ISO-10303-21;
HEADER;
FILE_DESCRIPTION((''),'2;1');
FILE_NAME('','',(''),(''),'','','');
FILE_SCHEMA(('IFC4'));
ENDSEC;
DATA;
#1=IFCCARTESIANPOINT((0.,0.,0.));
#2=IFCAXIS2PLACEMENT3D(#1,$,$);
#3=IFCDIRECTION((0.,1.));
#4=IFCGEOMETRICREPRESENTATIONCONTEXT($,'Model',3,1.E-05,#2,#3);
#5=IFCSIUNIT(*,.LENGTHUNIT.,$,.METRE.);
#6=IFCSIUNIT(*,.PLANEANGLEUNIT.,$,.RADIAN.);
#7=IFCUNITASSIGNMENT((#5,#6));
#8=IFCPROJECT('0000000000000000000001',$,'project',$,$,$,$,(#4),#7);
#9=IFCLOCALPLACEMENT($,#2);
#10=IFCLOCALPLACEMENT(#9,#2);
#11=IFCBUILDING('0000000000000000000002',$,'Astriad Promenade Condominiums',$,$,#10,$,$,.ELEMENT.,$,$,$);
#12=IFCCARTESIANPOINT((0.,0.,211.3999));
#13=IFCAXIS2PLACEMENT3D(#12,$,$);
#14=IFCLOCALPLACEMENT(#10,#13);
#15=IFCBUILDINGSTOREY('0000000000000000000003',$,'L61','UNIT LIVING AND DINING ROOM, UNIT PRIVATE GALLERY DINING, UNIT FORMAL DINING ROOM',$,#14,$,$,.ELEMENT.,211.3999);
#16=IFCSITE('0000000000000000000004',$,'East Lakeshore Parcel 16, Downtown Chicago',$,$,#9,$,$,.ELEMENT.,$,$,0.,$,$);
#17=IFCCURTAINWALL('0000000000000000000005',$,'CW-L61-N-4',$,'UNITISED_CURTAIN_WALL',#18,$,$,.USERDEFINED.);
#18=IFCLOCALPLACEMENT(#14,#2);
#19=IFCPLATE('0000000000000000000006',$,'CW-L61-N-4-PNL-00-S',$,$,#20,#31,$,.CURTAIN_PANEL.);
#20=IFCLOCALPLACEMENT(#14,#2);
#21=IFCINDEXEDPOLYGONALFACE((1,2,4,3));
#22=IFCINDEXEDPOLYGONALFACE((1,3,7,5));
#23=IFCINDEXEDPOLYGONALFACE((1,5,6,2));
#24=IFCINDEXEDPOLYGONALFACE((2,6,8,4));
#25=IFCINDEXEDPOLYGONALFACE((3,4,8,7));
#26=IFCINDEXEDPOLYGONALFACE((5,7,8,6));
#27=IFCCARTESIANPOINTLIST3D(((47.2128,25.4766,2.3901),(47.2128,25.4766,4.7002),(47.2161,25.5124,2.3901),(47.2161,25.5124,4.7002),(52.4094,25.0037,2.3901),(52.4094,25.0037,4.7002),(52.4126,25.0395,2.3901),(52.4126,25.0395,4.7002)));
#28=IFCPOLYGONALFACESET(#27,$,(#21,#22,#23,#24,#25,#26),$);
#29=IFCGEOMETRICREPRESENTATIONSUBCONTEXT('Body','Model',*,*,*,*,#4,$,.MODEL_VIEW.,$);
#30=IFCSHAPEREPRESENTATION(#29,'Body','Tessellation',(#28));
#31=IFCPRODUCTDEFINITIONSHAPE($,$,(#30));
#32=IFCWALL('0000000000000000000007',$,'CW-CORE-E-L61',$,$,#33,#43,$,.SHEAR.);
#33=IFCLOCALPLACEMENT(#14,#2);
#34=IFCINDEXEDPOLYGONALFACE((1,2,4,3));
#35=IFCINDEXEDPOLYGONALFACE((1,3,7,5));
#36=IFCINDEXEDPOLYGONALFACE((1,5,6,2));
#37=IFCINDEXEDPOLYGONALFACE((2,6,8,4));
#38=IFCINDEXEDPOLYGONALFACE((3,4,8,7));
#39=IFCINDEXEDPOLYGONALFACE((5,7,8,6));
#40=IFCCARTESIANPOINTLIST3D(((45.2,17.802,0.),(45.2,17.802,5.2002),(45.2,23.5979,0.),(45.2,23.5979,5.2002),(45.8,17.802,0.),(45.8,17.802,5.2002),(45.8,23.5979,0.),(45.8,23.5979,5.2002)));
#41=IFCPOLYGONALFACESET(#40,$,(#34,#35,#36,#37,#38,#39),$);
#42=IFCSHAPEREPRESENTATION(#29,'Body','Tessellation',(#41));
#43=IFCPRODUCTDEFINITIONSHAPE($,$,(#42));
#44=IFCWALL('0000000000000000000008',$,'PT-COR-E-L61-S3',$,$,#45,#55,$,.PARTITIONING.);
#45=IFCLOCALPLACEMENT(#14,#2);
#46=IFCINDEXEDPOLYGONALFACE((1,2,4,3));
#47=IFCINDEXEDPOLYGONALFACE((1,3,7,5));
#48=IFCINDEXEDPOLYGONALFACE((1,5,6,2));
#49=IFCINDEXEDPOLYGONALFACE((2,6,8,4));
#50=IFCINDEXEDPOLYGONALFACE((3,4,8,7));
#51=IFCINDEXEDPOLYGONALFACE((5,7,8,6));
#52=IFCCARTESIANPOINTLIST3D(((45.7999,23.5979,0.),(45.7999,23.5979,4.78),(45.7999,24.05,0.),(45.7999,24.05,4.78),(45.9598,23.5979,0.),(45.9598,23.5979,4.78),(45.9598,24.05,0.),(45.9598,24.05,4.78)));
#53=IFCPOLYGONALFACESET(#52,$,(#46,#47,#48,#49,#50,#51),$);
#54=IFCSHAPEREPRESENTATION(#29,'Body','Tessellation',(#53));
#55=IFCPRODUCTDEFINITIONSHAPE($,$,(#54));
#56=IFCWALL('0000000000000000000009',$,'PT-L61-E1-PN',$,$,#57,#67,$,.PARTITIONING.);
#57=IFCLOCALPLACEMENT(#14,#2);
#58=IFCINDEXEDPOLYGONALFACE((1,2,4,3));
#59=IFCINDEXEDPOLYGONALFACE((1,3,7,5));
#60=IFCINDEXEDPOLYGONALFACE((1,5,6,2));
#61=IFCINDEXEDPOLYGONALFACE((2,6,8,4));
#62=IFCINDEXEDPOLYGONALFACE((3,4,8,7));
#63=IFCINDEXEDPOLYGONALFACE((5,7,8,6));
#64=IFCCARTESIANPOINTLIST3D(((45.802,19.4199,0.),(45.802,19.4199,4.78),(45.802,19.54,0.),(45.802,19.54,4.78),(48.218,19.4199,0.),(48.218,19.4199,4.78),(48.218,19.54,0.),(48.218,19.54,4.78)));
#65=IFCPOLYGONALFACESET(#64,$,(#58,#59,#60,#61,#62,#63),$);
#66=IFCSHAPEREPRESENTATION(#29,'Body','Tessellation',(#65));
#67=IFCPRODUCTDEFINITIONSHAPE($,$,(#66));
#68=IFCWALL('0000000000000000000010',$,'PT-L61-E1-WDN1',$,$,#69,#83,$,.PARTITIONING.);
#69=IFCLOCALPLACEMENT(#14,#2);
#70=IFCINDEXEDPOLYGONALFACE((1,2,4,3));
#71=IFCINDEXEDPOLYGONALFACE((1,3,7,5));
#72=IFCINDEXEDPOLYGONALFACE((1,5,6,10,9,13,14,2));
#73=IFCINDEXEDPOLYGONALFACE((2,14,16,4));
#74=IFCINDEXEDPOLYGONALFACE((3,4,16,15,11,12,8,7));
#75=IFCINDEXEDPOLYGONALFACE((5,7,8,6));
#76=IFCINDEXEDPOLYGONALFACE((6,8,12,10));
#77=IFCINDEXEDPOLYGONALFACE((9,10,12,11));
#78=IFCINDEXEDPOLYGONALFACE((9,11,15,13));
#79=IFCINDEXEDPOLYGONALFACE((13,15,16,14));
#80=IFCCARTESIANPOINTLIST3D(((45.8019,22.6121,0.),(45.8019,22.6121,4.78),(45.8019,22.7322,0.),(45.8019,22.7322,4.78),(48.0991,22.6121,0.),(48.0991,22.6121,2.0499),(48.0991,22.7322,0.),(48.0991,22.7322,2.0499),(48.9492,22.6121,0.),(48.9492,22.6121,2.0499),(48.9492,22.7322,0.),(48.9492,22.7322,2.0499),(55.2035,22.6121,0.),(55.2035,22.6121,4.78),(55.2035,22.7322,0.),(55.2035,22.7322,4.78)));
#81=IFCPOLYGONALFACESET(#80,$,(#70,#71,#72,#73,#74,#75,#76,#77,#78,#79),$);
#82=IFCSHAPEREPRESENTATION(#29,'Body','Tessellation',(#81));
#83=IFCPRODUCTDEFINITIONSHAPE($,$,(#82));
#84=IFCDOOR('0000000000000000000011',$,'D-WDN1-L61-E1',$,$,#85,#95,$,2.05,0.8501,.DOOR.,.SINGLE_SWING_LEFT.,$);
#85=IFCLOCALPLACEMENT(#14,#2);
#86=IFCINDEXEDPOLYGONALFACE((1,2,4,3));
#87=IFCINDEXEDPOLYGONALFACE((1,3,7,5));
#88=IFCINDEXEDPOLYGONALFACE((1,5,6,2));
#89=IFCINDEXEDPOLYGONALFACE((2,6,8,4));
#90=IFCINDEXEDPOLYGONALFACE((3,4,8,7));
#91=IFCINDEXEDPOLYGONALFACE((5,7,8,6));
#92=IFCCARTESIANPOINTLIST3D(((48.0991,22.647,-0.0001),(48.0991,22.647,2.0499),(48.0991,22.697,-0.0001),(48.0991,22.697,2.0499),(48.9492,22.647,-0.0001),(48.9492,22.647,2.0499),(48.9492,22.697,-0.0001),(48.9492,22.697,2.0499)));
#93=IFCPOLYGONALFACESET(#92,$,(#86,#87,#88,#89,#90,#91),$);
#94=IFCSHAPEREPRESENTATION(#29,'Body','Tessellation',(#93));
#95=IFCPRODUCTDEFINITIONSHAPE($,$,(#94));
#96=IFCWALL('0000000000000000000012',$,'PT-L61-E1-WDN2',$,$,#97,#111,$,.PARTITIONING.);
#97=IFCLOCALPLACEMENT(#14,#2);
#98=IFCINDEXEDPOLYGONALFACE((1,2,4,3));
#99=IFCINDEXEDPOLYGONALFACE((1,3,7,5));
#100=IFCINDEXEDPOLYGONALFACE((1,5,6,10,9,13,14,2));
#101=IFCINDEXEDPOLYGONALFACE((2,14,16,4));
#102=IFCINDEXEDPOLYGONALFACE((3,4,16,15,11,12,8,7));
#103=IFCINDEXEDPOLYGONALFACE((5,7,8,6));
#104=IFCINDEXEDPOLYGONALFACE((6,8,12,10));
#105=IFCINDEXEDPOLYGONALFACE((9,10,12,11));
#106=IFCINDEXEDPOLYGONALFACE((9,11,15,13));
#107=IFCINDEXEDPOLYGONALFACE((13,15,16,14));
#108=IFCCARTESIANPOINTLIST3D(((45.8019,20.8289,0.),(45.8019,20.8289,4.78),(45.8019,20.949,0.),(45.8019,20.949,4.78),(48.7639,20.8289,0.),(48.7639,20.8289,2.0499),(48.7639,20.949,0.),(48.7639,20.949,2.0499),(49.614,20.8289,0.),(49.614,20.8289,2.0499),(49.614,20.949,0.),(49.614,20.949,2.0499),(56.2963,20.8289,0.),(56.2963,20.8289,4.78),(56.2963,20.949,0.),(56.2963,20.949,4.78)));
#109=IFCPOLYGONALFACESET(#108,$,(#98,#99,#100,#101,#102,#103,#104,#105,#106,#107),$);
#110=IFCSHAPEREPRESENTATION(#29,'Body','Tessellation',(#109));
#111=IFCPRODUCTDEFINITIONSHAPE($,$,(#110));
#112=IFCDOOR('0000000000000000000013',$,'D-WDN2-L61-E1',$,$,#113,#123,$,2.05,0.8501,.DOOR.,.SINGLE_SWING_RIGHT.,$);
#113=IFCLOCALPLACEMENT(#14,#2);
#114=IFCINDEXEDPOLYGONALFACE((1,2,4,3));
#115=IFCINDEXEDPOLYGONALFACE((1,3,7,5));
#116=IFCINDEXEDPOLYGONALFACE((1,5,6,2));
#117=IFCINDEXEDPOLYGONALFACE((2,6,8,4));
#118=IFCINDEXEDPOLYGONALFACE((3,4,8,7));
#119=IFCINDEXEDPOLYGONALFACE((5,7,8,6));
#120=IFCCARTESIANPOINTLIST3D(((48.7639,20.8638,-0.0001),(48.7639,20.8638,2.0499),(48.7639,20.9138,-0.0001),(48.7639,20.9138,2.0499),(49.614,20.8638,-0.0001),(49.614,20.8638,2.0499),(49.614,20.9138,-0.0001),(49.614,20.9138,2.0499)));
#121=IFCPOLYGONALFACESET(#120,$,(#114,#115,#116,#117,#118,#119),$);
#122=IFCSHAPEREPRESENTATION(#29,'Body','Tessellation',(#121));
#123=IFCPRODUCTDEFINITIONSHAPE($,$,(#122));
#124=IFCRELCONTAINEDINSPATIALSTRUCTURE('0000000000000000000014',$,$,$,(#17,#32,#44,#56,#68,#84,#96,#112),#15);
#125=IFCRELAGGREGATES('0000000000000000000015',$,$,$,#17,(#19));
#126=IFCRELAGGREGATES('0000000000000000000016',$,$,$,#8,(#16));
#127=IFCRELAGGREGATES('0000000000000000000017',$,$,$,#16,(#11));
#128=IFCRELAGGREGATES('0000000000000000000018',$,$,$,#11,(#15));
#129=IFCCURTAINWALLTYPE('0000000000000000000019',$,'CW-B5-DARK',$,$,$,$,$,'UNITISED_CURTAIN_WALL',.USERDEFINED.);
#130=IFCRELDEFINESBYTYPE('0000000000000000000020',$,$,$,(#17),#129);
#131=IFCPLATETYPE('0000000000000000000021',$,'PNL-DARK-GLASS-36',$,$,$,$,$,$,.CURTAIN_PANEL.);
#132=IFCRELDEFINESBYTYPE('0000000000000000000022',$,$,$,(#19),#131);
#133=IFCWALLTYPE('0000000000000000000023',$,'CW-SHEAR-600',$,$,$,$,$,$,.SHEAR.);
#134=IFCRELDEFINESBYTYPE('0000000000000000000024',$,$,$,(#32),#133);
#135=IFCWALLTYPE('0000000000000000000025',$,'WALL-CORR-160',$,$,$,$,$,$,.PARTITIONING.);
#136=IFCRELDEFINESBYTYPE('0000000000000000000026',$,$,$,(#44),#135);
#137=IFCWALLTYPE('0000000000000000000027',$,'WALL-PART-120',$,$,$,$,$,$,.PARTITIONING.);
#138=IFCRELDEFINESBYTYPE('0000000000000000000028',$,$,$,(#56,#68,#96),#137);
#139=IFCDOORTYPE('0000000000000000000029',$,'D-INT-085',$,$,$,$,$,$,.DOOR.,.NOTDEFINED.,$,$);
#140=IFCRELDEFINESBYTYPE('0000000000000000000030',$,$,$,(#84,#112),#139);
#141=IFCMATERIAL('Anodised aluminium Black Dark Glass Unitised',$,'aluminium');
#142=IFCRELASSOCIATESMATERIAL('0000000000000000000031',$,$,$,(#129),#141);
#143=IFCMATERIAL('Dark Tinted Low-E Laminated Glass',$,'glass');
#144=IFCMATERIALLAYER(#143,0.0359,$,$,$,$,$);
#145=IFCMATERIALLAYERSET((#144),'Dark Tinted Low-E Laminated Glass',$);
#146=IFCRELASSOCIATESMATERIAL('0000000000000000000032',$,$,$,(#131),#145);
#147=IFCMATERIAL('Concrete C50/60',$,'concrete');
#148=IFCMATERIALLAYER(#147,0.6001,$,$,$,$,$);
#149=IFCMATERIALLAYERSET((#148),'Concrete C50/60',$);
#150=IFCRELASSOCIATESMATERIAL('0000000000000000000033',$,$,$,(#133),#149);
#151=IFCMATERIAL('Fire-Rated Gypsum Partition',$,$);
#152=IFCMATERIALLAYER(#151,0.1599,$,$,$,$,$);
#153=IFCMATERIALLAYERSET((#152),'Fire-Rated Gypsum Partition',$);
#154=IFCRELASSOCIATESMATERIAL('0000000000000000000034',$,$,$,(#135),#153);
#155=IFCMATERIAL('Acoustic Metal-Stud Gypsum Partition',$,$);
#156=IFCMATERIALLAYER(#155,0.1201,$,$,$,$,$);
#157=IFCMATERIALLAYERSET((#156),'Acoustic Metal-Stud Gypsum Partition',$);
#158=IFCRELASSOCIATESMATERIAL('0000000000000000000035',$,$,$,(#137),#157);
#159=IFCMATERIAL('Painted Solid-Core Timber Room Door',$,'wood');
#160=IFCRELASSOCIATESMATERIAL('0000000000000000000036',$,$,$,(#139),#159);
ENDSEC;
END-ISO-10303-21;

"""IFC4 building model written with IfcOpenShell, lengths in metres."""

from ifc_helpers import new_model, si_unit, direction, frame, frame_2d, origin, origin_2d, place, context, subcontext, project, spatial, rectangle, extrude, source, transform, mapped, material, layer, layer_set, type_object, type_shapes, element, fill, aggregate, save


model = new_model("IFC4")

# Units and contexts
model_context = context("Model", 3, precision=1e-05, world=origin(), true_north=direction((0.0, 1.0)))
body_context = subcontext(model_context, "Body", "Model", "MODEL_VIEW")
ifc_project = project(units=[si_unit("LENGTHUNIT", "METRE"), si_unit("PLANEANGLEUNIT", "RADIAN")], contexts=[model_context])

# Site, building, storey
site_placement = place(None, origin())
site = spatial("IfcSite", under=ifc_project, at=site_placement, Name="East Lakeshore Parcel 16, Downtown Chicago", CompositionType="ELEMENT", RefElevation=0.0)
building_placement = place(site_placement, origin())
building = spatial("IfcBuilding", under=site, at=building_placement, Name="Astriad Promenade Condominiums", CompositionType="ELEMENT")
storey_placement = place(building_placement, frame((0.0, 0.0, 211.3999)))
storey = spatial("IfcBuildingStorey", under=building, at=storey_placement, Name="L61", Description="UNIT LIVING AND DINING ROOM, UNIT PRIVATE GALLERY DINING, UNIT FORMAL DINING ROOM", CompositionType="ELEMENT", Elevation=211.3999)

# Curtain wall
ifc_material_1 = material(Name="Anodised aluminium Black Dark Glass Unitised", Category="aluminium")
curtain_wall_type = type_object("IfcCurtainWallType", Name="CW-B5-DARK", ElementType="UNITISED_CURTAIN_WALL", PredefinedType="USERDEFINED", material=ifc_material_1)
curtain_wall_placement = place(storey_placement, origin())
curtain_wall = element("IfcCurtainWall", 1, at=curtain_wall_placement, inside=storey, type_object=curtain_wall_type, Name="CW-L61-N-4", ObjectType="UNITISED_CURTAIN_WALL", PredefinedType="USERDEFINED")

# Plate
ifc_material_2 = material(Name="Dark Tinted Low-E Laminated Glass", Category="glass")
ifc_layer_1 = layer(ifc_material_2, 0.0359)
ifc_layer_set_1 = layer_set([ifc_layer_1], Name="Dark Tinted Low-E Laminated Glass")
plate_type_1 = type_object("IfcPlateType", Name="PNL-DARK-GLASS-36", PredefinedType="CURTAIN_PANEL", material=ifc_layer_set_1)
shared_shape_1 = source(origin(), body_context, "Body", "SweptSolid", [
    extrude(rectangle(XDim=5.218, YDim=0.0359, at=origin_2d()), origin(), (0.0, 0.0, 1.0), 2.3101),
])
plate_1_placement = place(storey_placement, frame((49.8127, 25.2581, 2.3901), z_axis=(0.0, 0.0, 1.0), x_axis=(0.995884, -0.090633, 0.0)))
plate_1 = element("IfcPlate", 2, at=plate_1_placement, type_object=plate_type_1, Name="CW-L61-N-4-PNL-00-S", PredefinedType="CURTAIN_PANEL", context=body_context, shape_type="MappedRepresentation", body=[
    mapped(shared_shape_1, transform((0.0, 0.0, 0.0), scale=1.0)),
])
aggregate(curtain_wall, [plate_1])

# Walls
ifc_material_3 = material(Name="Concrete C50/60", Category="concrete")
ifc_layer_2 = layer(ifc_material_3, 0.6001)
ifc_layer_set_2 = layer_set([ifc_layer_2], Name="Concrete C50/60")
wall_type_1 = type_object("IfcWallType", Name="CW-SHEAR-600", PredefinedType="SHEAR", material=ifc_layer_set_2)
wall_1_placement = place(storey_placement, frame((45.5, 17.802, 0.0), z_axis=(0.0, 0.0, 1.0), x_axis=(0.0, 1.0, 0.0)))
element("IfcWall", 3, at=wall_1_placement, inside=storey, type_object=wall_type_1, Name="CW-CORE-E-L61", PredefinedType="SHEAR", context=body_context, shape_type="SweptSolid", body=[
    extrude(rectangle(XDim=5.7959, YDim=0.6001, at=frame_2d((2.8979, 0.0))), origin(), (0.0, 0.0, 1.0), 5.2002),
])
ifc_material_4 = material(Name="Fire-Rated Gypsum Partition")
ifc_layer_3 = layer(ifc_material_4, 0.1599)
ifc_layer_set_3 = layer_set([ifc_layer_3], Name="Fire-Rated Gypsum Partition")
wall_type_2 = type_object("IfcWallType", Name="WALL-CORR-160", PredefinedType="PARTITIONING", material=ifc_layer_set_3)
wall_2_placement = place(storey_placement, frame((45.8799, 23.5979, 0.0), z_axis=(0.0, 0.0, 1.0), x_axis=(0.0, 1.0, 0.0)))
element("IfcWall", 4, at=wall_2_placement, inside=storey, type_object=wall_type_2, Name="PT-COR-E-L61-S3", PredefinedType="PARTITIONING", context=body_context, shape_type="SweptSolid", body=[
    extrude(rectangle(XDim=0.4521, YDim=0.1599, at=frame_2d((0.2261, 0.0))), origin(), (0.0, 0.0, 1.0), 4.78),
])
ifc_material_5 = material(Name="Acoustic Metal-Stud Gypsum Partition")
ifc_layer_4 = layer(ifc_material_5, 0.1201)
ifc_layer_set_4 = layer_set([ifc_layer_4], Name="Acoustic Metal-Stud Gypsum Partition")
wall_type_3 = type_object("IfcWallType", Name="WALL-PART-120", PredefinedType="PARTITIONING", material=ifc_layer_set_4)
wall_3_placement = place(storey_placement, frame((45.802, 19.48, 0.0), z_axis=(0.0, 0.0, 1.0), x_axis=(1.0, 0.0, 0.0)))
element("IfcWall", 5, at=wall_3_placement, inside=storey, type_object=wall_type_3, Name="PT-L61-E1-PN", PredefinedType="PARTITIONING", context=body_context, shape_type="SweptSolid", body=[
    extrude(rectangle(XDim=2.416, YDim=0.1201, at=frame_2d((1.208, 0.0))), origin(), (0.0, 0.0, 1.0), 4.78),
])

# Walls, openings, doors
wall_4_placement = place(storey_placement, frame((45.802, 22.6721, 0.0), z_axis=(0.0, 0.0, 1.0), x_axis=(1.0, 0.0, 0.0)))
wall_4 = element("IfcWall", 6, at=wall_4_placement, inside=storey, type_object=wall_type_3, Name="PT-L61-E1-WDN1", PredefinedType="PARTITIONING", context=body_context, shape_type="SweptSolid", body=[
    extrude(rectangle(XDim=9.4016, YDim=0.1201, at=frame_2d((4.7007, 0.0))), origin(), (0.0, 0.0, 1.0), 4.78),
])
opening_1_placement = place(wall_4_placement, frame((2.2971, 0.0, 0.0)))
opening_1 = element("IfcOpeningElement", 7, at=opening_1_placement, cuts=wall_4, PredefinedType="OPENING", context=body_context, shape_type="SweptSolid", body=[
    extrude(rectangle(XDim=0.8501, YDim=2.05, at=frame_2d((0.425, 1.0249))), frame((0.0, 0.0701, 0.0), z_axis=(0.0, -1.0, 0.0), x_axis=(1.0, 0.0, 0.0)), (0.0, 0.0, 1.0), 0.1401),
])
ifc_material_6 = material(Name="Painted Solid-Core Timber Room Door", Category="wood")
door_type = type_object("IfcDoorType", Name="D-INT-085", OperationType="NOTDEFINED", PredefinedType="DOOR", material=ifc_material_6)
shared_shape_2 = source(origin(), body_context, "Body", "SweptSolid", [
    extrude(rectangle(XDim=0.8501, YDim=2.05, at=frame_2d((0.425, 1.0249))), frame((0.0, 0.0249, 0.0), z_axis=(0.0, -1.0, 0.0), x_axis=(1.0, 0.0, 0.0)), (0.0, 0.0, 1.0), 0.05),
])
type_shapes(door_type, [shared_shape_2])
door_1_placement = place(opening_1_placement, origin())
door_1 = element("IfcDoor", 8, at=door_1_placement, inside=storey, type_object=door_type, Name="D-WDN1-L61-E1", OperationType="SINGLE_SWING_LEFT", OverallHeight=2.05, OverallWidth=0.8501, PredefinedType="DOOR", context=body_context, shape_type="MappedRepresentation", body=[
    mapped(shared_shape_2, transform((0.0, 0.0, 0.0), scale=1.0)),
])
fill(opening_1, door_1)
wall_5_placement = place(storey_placement, frame((45.802, 20.8889, 0.0), z_axis=(0.0, 0.0, 1.0), x_axis=(1.0, 0.0, 0.0)))
wall_5 = element("IfcWall", 9, at=wall_5_placement, inside=storey, type_object=wall_type_3, Name="PT-L61-E1-WDN2", PredefinedType="PARTITIONING", context=body_context, shape_type="SweptSolid", body=[
    extrude(rectangle(XDim=10.4944, YDim=0.1201, at=frame_2d((5.2471, 0.0))), origin(), (0.0, 0.0, 1.0), 4.78),
])
opening_2_placement = place(wall_5_placement, frame((2.9619, 0.0, 0.0)))
opening_2 = element("IfcOpeningElement", 10, at=opening_2_placement, cuts=wall_5, PredefinedType="OPENING", context=body_context, shape_type="SweptSolid", body=[
    extrude(rectangle(XDim=0.8501, YDim=2.05, at=frame_2d((0.425, 1.0249))), frame((0.0, 0.0701, 0.0), z_axis=(0.0, -1.0, 0.0), x_axis=(1.0, 0.0, 0.0)), (0.0, 0.0, 1.0), 0.1401),
])
door_2_placement = place(opening_2_placement, origin())
door_2 = element("IfcDoor", 11, at=door_2_placement, inside=storey, type_object=door_type, Name="D-WDN2-L61-E1", OperationType="SINGLE_SWING_RIGHT", OverallHeight=2.05, OverallWidth=0.8501, PredefinedType="DOOR", context=body_context, shape_type="MappedRepresentation", body=[
    mapped(shared_shape_2, transform((0.0, 0.0, 0.0), scale=1.0)),
])
fill(opening_2, door_2)

save(model, "model.ifc")
